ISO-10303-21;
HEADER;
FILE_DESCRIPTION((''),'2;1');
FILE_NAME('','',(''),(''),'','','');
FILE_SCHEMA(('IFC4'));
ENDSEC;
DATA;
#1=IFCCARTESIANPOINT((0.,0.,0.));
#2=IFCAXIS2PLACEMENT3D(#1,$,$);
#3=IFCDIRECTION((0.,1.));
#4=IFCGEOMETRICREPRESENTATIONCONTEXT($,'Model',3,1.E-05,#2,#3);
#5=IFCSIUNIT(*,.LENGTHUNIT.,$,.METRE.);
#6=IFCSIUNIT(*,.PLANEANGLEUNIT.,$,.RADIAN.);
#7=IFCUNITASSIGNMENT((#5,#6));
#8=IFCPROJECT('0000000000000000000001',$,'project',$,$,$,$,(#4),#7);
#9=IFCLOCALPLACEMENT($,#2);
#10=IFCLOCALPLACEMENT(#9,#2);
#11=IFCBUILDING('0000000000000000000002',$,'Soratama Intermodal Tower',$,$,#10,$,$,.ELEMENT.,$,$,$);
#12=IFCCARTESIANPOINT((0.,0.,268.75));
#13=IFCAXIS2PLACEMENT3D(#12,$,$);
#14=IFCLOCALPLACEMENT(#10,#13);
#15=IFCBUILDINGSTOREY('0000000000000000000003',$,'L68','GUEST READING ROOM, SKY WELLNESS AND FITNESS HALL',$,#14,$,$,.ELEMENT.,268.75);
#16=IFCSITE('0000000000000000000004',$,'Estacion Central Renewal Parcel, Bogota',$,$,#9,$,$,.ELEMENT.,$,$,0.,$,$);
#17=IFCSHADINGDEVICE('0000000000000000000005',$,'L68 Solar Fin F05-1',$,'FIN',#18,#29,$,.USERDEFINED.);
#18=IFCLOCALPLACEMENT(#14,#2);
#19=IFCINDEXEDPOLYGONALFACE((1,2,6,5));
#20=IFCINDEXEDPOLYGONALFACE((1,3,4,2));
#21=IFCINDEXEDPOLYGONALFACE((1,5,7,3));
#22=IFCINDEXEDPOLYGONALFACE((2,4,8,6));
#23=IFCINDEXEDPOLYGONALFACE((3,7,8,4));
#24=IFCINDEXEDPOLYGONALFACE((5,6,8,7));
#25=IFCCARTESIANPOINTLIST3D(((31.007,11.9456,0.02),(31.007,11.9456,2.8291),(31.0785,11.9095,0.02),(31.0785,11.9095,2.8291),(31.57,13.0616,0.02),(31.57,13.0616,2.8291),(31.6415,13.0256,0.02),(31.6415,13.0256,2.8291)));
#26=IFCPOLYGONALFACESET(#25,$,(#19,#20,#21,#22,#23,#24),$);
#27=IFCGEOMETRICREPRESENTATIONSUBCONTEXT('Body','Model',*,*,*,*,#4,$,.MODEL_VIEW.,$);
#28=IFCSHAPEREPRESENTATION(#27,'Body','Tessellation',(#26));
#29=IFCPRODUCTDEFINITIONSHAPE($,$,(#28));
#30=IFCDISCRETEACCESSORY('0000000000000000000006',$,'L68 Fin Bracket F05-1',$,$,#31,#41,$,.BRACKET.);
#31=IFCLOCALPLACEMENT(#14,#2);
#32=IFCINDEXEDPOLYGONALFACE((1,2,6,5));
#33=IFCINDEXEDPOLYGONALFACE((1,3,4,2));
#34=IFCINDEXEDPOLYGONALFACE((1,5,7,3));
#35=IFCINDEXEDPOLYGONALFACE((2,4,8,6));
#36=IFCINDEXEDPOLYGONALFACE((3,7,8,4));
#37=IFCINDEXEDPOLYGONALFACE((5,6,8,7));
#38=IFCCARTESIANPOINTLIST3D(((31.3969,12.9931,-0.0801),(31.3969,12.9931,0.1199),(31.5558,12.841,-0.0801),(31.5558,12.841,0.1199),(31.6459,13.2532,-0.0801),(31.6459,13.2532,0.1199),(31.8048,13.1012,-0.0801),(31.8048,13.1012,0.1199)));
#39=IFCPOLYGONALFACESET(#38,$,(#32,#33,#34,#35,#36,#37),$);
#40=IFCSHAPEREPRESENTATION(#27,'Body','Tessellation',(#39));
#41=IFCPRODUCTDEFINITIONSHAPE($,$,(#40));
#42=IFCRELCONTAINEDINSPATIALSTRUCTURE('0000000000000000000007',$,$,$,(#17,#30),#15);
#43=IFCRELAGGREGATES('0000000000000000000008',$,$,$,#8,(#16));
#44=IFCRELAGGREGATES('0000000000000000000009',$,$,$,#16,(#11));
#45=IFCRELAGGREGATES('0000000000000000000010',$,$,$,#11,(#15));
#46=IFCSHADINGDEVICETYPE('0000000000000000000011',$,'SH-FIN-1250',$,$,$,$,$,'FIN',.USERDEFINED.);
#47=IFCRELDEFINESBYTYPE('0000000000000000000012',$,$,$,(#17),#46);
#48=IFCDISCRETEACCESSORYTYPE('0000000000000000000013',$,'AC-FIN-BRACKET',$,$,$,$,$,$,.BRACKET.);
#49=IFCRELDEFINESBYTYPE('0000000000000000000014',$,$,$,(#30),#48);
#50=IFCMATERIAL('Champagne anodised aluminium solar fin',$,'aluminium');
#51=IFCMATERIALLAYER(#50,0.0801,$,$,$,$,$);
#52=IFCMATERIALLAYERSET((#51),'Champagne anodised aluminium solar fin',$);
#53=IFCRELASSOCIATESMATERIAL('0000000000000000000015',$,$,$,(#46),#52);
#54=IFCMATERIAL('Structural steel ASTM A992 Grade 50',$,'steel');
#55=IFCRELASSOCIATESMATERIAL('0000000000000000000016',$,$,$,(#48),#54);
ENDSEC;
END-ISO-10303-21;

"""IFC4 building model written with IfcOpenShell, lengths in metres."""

from ifc_helpers import new_model, si_unit, direction, frame, origin, origin_2d, place, context, subcontext, project, spatial, rectangle, extrude, material, layer, layer_set, type_object, element, save


model = new_model("IFC4")

# Units and contexts
model_context = context("Model", 3, precision=1e-05, world=origin(), true_north=direction((0.0, 1.0)))
body_context = subcontext(model_context, "Body", "Model", "MODEL_VIEW")
ifc_project = project(units=[si_unit("LENGTHUNIT", "METRE"), si_unit("PLANEANGLEUNIT", "RADIAN")], contexts=[model_context])

# Site, building, storey
site_placement = place(None, origin())
site = spatial("IfcSite", under=ifc_project, at=site_placement, Name="Estacion Central Renewal Parcel, Bogota", CompositionType="ELEMENT", RefElevation=0.0)
building_placement = place(site_placement, origin())
building = spatial("IfcBuilding", under=site, at=building_placement, Name="Soratama Intermodal Tower", CompositionType="ELEMENT")
storey_placement = place(building_placement, frame((0.0, 0.0, 268.75)))
storey = spatial("IfcBuildingStorey", under=building, at=storey_placement, Name="L68", Description="GUEST READING ROOM, SKY WELLNESS AND FITNESS HALL", CompositionType="ELEMENT", Elevation=268.75)

# Shading device
ifc_material_1 = material(Name="Champagne anodised aluminium solar fin", Category="aluminium")
ifc_layer_1 = layer(ifc_material_1, 0.0801)
ifc_layer_set_1 = layer_set([ifc_layer_1], Name="Champagne anodised aluminium solar fin")
shading_device_type = type_object("IfcShadingDeviceType", Name="SH-FIN-1250", ElementType="FIN", PredefinedType="USERDEFINED", material=ifc_layer_set_1)
shading_device_placement = place(storey_placement, frame((31.3242, 12.4856, 0.02), z_axis=(0.0, 0.0, 1.0), x_axis=(-0.45041, -0.892822, 0.0)))
element("IfcShadingDevice", 1, at=shading_device_placement, inside=storey, type_object=shading_device_type, Name="L68 Solar Fin F05-1", ObjectType="FIN", PredefinedType="USERDEFINED", context=body_context, shape_type="SweptSolid", body=[
    extrude(rectangle(XDim=1.25, YDim=0.0801, at=origin_2d()), origin(), (0.0, 0.0, 1.0), 2.8091),
])

# Discrete accessory
ifc_material_2 = material(Name="Structural steel ASTM A992 Grade 50", Category="steel")
discrete_accessory_type = type_object("IfcDiscreteAccessoryType", Name="AC-FIN-BRACKET", PredefinedType="BRACKET", material=ifc_material_2)
discrete_accessory_placement = place(storey_placement, frame((31.6008, 13.0471, -0.0801), z_axis=(0.0, 0.0, 1.0), x_axis=(-0.691387, -0.722485, 0.0)))
element("IfcDiscreteAccessory", 2, at=discrete_accessory_placement, inside=storey, type_object=discrete_accessory_type, Name="L68 Fin Bracket F05-1", PredefinedType="BRACKET", context=body_context, shape_type="SweptSolid", body=[
    extrude(rectangle(XDim=0.3601, YDim=0.22, at=origin_2d()), origin(), (0.0, 0.0, 1.0), 0.2),
])

save(model, "model.ifc")
